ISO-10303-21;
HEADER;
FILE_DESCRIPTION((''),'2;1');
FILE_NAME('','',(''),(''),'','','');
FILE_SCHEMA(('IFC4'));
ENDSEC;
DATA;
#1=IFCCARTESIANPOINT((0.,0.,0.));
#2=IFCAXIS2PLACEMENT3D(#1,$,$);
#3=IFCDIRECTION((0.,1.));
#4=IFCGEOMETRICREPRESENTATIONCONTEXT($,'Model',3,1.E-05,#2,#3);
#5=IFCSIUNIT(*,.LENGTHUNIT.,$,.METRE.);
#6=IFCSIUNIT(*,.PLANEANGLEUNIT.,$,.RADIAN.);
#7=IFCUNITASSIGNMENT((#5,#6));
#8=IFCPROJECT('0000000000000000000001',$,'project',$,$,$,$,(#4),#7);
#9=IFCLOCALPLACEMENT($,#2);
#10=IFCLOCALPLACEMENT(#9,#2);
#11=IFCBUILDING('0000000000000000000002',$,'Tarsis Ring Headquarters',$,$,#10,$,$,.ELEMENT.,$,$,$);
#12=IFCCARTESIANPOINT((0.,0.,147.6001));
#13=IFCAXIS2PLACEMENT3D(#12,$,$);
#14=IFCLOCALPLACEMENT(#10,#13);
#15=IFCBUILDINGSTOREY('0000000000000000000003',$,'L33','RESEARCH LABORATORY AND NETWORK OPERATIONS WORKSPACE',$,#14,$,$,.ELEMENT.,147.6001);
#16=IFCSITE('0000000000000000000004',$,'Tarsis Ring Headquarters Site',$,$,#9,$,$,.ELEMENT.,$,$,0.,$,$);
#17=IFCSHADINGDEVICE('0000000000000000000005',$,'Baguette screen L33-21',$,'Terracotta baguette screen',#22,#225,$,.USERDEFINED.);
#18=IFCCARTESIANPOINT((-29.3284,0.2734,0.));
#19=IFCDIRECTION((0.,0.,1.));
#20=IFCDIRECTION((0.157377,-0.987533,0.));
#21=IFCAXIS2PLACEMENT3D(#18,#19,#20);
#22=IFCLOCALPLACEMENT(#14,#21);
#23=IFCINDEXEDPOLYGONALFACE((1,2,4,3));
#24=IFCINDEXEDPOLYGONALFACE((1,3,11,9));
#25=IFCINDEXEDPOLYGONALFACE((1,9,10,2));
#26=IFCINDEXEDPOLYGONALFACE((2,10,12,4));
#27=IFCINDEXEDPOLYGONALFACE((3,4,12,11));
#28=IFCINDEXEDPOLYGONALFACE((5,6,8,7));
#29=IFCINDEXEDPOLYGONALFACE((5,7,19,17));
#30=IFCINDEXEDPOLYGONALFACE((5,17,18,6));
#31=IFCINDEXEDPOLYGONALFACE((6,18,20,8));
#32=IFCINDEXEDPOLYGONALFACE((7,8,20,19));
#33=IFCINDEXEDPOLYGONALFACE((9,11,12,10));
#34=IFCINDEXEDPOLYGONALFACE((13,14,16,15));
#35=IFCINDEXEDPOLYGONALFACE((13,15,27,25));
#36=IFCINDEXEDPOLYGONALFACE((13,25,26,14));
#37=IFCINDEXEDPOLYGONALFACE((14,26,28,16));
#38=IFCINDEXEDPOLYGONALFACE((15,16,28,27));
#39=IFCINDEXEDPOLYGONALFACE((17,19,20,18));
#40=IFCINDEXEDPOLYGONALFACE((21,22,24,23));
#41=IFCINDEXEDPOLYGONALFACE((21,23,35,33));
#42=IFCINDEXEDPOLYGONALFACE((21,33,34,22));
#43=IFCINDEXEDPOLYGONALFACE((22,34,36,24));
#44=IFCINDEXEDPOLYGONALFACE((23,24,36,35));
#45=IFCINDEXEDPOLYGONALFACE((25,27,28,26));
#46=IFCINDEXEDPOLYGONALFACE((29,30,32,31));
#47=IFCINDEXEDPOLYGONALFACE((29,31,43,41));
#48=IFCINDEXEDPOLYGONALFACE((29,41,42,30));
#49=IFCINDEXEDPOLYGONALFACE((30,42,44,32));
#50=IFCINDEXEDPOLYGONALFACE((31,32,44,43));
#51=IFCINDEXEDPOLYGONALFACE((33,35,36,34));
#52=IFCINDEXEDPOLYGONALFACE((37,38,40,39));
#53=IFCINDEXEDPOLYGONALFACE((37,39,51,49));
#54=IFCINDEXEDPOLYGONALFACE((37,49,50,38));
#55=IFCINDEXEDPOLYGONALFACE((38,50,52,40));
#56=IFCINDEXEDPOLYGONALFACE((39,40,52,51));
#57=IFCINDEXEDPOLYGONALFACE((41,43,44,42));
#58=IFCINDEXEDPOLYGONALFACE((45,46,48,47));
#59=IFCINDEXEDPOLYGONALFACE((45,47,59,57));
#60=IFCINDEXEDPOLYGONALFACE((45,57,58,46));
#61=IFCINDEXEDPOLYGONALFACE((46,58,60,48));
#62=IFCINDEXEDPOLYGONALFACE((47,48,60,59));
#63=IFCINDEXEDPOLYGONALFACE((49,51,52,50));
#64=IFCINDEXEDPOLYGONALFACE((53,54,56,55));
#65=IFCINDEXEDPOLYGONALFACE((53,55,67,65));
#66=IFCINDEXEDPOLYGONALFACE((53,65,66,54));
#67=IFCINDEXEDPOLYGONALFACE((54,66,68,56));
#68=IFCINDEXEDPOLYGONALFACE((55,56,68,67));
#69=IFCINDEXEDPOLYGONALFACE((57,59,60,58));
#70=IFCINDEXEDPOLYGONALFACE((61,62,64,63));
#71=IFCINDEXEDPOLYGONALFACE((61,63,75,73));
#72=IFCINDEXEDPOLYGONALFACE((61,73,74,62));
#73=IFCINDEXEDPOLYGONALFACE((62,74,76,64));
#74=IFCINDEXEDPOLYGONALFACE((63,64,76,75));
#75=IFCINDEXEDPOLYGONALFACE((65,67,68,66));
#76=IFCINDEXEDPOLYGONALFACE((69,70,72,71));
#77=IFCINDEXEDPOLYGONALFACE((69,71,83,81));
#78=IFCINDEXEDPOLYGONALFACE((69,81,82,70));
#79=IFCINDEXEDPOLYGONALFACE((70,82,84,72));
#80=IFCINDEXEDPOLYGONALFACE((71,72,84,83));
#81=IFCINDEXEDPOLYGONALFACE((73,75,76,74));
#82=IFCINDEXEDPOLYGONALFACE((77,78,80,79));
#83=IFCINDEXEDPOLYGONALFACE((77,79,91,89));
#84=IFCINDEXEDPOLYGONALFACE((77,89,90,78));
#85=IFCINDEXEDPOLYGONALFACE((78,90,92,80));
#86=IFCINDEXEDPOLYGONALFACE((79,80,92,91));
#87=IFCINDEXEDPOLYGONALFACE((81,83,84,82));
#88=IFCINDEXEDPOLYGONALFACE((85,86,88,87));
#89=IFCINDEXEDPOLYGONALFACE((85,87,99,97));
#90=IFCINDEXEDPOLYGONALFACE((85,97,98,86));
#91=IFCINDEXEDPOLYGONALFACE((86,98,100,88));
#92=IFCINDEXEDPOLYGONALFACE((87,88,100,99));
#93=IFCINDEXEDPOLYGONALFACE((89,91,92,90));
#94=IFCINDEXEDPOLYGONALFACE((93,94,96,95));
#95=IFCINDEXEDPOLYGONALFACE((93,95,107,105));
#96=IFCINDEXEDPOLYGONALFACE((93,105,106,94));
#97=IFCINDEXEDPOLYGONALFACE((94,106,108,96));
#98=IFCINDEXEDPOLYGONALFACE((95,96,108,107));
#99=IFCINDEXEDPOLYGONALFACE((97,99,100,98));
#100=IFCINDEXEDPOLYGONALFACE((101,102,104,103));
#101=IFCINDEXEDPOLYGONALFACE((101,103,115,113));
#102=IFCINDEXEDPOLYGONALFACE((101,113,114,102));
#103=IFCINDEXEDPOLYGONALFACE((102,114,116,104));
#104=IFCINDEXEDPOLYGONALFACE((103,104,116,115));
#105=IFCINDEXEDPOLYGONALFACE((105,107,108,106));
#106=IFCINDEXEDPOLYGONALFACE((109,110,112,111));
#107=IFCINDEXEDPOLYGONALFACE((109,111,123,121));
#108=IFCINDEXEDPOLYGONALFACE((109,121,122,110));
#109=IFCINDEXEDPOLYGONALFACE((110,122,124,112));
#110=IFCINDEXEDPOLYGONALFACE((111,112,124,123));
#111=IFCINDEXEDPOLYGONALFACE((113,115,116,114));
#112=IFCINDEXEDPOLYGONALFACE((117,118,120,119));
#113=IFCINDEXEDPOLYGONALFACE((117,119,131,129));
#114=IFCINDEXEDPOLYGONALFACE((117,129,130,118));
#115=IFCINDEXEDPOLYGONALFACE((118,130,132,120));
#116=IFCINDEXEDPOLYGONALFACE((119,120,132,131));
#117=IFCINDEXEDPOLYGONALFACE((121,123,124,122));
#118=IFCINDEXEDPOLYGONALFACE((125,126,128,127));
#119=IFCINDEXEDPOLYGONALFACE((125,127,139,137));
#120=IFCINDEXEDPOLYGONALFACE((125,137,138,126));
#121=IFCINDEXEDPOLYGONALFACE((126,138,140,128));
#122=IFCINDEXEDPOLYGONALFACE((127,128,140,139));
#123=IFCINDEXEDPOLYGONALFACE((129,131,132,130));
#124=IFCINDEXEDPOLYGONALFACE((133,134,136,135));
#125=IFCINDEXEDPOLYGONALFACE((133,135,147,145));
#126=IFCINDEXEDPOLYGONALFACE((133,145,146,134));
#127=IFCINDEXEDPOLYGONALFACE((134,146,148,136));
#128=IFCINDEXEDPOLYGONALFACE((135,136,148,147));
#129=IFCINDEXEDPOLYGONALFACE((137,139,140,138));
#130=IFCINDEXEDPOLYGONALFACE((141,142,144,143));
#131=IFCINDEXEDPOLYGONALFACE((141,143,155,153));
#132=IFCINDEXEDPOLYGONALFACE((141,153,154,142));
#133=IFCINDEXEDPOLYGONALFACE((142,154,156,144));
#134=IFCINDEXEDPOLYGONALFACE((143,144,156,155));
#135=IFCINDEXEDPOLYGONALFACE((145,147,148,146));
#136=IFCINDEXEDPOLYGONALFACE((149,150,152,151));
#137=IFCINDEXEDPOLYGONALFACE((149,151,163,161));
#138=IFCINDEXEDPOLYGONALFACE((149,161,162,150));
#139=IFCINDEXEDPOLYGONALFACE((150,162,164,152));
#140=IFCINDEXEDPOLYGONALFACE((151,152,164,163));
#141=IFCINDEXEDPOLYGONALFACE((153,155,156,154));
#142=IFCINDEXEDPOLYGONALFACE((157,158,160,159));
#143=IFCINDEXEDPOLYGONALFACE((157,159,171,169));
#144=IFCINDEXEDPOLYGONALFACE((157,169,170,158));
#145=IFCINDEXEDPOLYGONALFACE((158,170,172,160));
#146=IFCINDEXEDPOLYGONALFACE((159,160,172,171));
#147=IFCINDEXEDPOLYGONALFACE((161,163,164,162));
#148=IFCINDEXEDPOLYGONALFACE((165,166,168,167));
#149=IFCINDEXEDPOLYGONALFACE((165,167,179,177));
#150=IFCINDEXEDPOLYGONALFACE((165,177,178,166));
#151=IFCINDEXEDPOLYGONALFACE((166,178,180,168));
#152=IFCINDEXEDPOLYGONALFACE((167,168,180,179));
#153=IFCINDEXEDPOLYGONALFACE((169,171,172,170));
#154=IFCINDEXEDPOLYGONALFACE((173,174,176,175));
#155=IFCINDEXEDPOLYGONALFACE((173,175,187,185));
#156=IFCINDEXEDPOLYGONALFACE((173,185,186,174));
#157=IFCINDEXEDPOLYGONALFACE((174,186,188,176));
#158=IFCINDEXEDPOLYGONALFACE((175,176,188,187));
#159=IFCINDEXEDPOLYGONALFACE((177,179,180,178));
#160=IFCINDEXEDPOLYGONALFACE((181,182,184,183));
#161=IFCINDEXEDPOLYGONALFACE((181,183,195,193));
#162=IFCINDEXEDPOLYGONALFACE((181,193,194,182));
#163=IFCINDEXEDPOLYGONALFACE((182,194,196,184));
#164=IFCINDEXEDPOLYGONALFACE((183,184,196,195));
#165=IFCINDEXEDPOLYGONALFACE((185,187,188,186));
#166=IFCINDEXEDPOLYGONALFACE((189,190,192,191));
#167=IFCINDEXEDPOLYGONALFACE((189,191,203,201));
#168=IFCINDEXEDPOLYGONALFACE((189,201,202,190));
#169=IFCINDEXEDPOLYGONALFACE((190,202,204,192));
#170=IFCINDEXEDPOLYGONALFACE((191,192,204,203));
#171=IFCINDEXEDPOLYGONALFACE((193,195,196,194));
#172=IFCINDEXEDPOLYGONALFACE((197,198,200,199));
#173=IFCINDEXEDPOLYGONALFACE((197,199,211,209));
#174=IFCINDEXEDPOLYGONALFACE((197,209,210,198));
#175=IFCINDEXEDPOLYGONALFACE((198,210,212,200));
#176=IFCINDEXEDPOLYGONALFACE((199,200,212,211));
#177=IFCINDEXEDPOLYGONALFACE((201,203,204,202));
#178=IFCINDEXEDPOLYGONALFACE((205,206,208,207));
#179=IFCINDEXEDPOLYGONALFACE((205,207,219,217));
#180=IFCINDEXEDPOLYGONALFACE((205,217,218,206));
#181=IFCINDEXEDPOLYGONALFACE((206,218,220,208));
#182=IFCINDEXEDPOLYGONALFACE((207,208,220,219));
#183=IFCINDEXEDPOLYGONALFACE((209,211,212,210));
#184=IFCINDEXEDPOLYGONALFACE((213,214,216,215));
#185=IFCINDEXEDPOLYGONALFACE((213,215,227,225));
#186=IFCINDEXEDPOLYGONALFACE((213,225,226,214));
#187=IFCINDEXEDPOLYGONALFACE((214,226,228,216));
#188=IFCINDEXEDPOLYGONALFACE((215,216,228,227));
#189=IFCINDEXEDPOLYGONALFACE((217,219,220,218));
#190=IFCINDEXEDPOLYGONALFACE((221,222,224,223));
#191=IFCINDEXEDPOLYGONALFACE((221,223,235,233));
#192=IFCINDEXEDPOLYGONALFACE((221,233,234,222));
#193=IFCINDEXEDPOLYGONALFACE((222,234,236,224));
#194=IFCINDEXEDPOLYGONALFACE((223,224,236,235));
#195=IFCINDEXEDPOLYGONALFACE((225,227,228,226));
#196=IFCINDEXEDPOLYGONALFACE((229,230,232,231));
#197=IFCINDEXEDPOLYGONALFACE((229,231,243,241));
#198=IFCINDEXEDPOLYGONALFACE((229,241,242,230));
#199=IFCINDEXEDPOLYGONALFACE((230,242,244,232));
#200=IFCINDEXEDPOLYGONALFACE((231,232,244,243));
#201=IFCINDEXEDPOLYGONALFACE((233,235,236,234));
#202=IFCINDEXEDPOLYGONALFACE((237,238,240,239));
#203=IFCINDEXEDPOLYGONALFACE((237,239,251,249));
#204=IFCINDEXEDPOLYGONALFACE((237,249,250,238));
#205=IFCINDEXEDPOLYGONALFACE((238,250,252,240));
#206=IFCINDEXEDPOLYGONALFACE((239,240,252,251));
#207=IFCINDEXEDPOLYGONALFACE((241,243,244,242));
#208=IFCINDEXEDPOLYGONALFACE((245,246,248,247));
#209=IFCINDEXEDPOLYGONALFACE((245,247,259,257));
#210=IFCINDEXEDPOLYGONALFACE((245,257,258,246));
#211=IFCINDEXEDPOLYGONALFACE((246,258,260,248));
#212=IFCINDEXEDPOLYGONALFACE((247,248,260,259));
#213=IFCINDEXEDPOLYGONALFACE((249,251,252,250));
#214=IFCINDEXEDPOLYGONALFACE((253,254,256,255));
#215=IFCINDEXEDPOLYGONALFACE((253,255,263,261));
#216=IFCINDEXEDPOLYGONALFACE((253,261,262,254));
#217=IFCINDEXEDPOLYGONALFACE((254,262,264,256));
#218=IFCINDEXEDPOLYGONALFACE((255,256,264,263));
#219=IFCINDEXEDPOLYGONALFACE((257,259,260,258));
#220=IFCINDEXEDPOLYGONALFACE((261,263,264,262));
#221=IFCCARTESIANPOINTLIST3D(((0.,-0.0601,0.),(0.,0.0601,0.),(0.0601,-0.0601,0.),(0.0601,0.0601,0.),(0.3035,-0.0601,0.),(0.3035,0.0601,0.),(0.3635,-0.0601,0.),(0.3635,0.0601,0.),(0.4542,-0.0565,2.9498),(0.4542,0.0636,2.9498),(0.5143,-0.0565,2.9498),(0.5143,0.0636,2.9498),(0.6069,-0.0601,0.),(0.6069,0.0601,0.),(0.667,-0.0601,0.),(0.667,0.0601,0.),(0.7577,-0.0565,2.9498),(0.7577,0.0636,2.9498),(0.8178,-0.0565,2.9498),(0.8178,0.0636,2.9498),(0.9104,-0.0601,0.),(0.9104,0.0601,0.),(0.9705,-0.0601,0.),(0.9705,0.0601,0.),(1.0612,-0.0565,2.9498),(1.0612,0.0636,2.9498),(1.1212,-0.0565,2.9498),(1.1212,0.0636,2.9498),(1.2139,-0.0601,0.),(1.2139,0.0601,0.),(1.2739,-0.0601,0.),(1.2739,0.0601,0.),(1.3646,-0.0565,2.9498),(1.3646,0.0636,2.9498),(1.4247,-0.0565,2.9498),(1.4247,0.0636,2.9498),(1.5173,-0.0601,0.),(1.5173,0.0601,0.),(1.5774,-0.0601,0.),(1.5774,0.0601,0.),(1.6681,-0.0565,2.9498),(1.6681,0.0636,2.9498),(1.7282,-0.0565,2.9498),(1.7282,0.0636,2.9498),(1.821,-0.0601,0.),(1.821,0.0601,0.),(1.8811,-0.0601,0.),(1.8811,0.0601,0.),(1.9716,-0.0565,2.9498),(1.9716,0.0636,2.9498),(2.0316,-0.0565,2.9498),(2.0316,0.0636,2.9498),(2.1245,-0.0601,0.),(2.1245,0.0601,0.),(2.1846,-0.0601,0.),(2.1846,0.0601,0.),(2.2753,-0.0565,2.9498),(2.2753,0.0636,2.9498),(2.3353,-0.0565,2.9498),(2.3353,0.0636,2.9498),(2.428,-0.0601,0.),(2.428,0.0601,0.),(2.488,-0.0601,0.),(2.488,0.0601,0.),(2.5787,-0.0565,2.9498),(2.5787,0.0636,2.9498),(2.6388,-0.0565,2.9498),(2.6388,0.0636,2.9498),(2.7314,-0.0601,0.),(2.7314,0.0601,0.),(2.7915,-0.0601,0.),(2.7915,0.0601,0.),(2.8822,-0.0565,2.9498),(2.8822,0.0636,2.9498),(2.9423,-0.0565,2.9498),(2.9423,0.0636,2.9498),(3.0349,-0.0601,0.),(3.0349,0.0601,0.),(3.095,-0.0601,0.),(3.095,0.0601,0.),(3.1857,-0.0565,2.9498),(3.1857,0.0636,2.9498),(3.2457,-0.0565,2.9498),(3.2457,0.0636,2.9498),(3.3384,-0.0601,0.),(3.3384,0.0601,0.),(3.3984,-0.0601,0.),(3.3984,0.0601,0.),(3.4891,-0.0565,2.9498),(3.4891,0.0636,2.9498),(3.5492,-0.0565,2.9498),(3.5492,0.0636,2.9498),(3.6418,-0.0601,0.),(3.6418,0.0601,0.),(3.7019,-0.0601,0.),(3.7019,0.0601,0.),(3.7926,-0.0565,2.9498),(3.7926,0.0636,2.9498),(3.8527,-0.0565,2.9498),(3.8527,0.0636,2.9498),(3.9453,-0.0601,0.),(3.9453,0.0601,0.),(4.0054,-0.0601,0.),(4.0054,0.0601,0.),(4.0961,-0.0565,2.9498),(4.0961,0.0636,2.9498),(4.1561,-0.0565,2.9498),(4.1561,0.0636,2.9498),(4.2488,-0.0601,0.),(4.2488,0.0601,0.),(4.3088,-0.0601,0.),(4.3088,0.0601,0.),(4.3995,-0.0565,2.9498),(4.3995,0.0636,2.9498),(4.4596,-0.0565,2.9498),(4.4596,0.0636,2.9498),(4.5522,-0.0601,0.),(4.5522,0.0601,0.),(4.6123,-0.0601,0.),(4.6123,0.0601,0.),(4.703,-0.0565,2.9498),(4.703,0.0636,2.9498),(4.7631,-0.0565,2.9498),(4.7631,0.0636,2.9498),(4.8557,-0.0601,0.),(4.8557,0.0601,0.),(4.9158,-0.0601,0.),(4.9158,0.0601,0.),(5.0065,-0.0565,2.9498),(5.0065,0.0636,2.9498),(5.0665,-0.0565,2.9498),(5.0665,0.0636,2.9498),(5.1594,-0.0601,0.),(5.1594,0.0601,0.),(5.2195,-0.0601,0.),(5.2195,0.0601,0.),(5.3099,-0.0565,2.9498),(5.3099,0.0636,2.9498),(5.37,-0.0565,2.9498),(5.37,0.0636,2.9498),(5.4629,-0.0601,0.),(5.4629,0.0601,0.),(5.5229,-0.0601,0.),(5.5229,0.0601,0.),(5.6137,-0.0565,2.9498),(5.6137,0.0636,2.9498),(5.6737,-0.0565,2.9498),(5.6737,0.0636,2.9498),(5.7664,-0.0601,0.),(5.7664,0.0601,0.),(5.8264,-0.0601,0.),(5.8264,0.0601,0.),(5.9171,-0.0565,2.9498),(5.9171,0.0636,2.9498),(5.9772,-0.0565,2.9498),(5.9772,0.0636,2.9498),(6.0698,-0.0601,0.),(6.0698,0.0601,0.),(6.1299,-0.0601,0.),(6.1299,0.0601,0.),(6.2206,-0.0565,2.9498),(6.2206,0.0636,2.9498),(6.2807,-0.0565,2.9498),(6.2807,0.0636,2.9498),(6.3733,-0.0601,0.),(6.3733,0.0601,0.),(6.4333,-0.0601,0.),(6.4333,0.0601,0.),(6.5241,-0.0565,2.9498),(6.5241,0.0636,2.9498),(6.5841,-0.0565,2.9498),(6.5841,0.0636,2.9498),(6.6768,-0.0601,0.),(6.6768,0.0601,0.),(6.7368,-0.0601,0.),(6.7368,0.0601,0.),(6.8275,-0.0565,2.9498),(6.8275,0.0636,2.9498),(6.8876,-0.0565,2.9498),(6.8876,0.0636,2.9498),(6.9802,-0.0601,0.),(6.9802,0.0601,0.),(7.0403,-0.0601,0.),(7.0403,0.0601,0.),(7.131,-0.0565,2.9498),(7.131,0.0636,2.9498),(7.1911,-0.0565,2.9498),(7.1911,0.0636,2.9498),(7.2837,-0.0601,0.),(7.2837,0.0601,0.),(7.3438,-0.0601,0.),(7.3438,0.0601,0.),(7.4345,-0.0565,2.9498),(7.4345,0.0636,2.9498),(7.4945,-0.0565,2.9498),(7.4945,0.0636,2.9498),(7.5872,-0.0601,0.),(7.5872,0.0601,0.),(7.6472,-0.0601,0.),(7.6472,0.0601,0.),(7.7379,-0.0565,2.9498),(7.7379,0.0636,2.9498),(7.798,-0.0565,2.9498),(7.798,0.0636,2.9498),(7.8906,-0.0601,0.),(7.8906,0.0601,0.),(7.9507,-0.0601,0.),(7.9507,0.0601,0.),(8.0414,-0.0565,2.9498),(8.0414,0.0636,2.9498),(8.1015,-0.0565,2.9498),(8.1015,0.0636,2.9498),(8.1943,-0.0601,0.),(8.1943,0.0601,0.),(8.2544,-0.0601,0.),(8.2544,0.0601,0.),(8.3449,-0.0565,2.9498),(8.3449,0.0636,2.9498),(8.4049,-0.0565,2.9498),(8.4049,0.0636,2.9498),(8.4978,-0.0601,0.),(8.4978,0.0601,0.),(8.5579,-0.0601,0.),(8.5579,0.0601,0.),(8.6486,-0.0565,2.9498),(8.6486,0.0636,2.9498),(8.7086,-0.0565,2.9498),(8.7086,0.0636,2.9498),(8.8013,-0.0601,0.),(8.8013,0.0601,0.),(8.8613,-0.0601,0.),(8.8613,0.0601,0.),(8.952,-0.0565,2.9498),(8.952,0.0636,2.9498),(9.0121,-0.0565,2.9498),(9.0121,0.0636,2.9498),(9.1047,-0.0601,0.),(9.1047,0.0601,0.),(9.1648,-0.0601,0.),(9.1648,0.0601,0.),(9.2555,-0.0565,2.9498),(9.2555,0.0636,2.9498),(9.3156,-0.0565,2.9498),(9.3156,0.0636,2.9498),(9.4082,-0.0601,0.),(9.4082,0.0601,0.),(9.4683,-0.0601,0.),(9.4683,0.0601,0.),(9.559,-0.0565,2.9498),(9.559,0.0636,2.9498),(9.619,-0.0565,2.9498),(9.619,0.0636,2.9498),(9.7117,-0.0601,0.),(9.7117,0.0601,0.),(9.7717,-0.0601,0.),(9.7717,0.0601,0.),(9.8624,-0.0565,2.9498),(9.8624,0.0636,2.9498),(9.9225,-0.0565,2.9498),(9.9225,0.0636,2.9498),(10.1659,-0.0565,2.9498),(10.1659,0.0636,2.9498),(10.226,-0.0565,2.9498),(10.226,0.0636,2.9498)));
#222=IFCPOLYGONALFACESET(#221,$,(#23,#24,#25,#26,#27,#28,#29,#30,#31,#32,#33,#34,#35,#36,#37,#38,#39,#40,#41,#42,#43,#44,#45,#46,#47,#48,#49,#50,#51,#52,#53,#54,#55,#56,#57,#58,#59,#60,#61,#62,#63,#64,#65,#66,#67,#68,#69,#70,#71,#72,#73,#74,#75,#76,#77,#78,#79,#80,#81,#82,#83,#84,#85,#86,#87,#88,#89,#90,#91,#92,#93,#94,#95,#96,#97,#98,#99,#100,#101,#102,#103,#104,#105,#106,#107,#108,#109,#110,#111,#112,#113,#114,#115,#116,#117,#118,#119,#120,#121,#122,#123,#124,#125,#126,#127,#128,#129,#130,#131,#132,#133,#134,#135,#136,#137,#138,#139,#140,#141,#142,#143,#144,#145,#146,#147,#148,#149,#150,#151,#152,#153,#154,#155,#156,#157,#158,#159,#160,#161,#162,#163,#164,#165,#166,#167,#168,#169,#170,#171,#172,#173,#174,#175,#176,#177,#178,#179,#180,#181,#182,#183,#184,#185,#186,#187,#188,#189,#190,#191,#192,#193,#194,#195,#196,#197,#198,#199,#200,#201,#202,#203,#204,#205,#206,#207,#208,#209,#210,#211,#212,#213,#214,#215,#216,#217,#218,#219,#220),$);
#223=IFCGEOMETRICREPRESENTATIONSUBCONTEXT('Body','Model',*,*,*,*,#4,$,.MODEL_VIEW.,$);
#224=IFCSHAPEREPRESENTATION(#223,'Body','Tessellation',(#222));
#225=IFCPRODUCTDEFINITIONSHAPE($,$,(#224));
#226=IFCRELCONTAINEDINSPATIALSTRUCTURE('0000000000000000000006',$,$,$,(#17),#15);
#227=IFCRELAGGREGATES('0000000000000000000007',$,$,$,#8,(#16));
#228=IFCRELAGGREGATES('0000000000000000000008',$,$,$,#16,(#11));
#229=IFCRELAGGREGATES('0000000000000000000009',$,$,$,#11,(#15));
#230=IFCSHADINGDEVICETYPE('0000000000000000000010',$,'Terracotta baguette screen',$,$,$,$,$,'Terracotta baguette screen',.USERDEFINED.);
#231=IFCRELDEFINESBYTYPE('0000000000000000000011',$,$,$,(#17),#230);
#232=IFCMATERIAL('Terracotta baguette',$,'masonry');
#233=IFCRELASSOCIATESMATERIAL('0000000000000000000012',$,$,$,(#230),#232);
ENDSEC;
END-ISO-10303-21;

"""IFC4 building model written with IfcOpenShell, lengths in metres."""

from ifc_helpers import new_model, si_unit, direction, frame, frame_2d, origin, place, context, subcontext, project, spatial, rectangle, composite_profile, extrude, material, type_object, element, save


model = new_model("IFC4")

# Units and contexts
model_context = context("Model", 3, precision=1e-05, world=origin(), true_north=direction((0.0, 1.0)))
body_context = subcontext(model_context, "Body", "Model", "MODEL_VIEW")
ifc_project = project(units=[si_unit("LENGTHUNIT", "METRE"), si_unit("PLANEANGLEUNIT", "RADIAN")], contexts=[model_context])

# Site, building, storey
site_placement = place(None, origin())
site = spatial("IfcSite", under=ifc_project, at=site_placement, Name="Tarsis Ring Headquarters Site", CompositionType="ELEMENT", RefElevation=0.0)
building_placement = place(site_placement, origin())
building = spatial("IfcBuilding", under=site, at=building_placement, Name="Tarsis Ring Headquarters", CompositionType="ELEMENT")
storey_placement = place(building_placement, frame((0.0, 0.0, 147.6001)))
storey = spatial("IfcBuildingStorey", under=building, at=storey_placement, Name="L33", Description="RESEARCH LABORATORY AND NETWORK OPERATIONS WORKSPACE", CompositionType="ELEMENT", Elevation=147.6001)

# Shading device
ifc_material_1 = material(Name="Terracotta baguette", Category="masonry")
shading_device_type_1 = type_object("IfcShadingDeviceType", Name="Terracotta baguette screen", ElementType="Terracotta baguette screen", PredefinedType="USERDEFINED", material=ifc_material_1)
shading_device_1_placement = place(storey_placement, frame((-29.3284, 0.2734, 0.0), z_axis=(0.0, 0.0, 1.0), x_axis=(0.157377, -0.987533, 0.0)))
element("IfcShadingDevice", 1, at=shading_device_1_placement, inside=storey, type_object=shading_device_type_1, Name="Baguette screen L33-21", ObjectType="Terracotta baguette screen", PredefinedType="USERDEFINED", context=body_context, shape_type="SweptSolid", body=[
    extrude(composite_profile([rectangle(XDim=0.0601, YDim=0.1201, at=frame_2d((0.03, 0.0))), rectangle(XDim=0.0601, YDim=0.1201, at=frame_2d((0.3335, 0.0))), rectangle(XDim=0.0601, YDim=0.1201, at=frame_2d((0.637, 0.0))), rectangle(XDim=0.0601, YDim=0.1201, at=frame_2d((0.9404, 0.0))), rectangle(XDim=0.0601, YDim=0.1201, at=frame_2d((1.2439, 0.0))), rectangle(XDim=0.0601, YDim=0.1201, at=frame_2d((1.5474, 0.0))), rectangle(XDim=0.0601, YDim=0.1201, at=frame_2d((1.8511, 0.0))), rectangle(XDim=0.0601, YDim=0.1201, at=frame_2d((2.1545, 0.0))), rectangle(XDim=0.0601, YDim=0.1201, at=frame_2d((2.458, 0.0))), rectangle(XDim=0.0601, YDim=0.1201, at=frame_2d((2.7615, 0.0))), rectangle(XDim=0.0601, YDim=0.1201, at=frame_2d((3.0649, 0.0))), rectangle(XDim=0.0601, YDim=0.1201, at=frame_2d((3.3684, 0.0))), rectangle(XDim=0.0601, YDim=0.1201, at=frame_2d((3.6719, 0.0))), rectangle(XDim=0.0601, YDim=0.1201, at=frame_2d((3.9753, 0.0))), rectangle(XDim=0.0601, YDim=0.1201, at=frame_2d((4.2788, 0.0))), rectangle(XDim=0.0601, YDim=0.1201, at=frame_2d((4.5823, 0.0))), rectangle(XDim=0.0601, YDim=0.1201, at=frame_2d((4.8857, 0.0))), rectangle(XDim=0.0601, YDim=0.1201, at=frame_2d((5.1895, 0.0))), rectangle(XDim=0.0601, YDim=0.1201, at=frame_2d((5.4929, 0.0))), rectangle(XDim=0.0601, YDim=0.1201, at=frame_2d((5.7964, 0.0))), rectangle(XDim=0.0601, YDim=0.1201, at=frame_2d((6.0999, 0.0))), rectangle(XDim=0.0601, YDim=0.1201, at=frame_2d((6.4033, 0.0))), rectangle(XDim=0.0601, YDim=0.1201, at=frame_2d((6.7068, 0.0))), rectangle(XDim=0.0601, YDim=0.1201, at=frame_2d((7.0103, 0.0))), rectangle(XDim=0.0601, YDim=0.1201, at=frame_2d((7.3137, 0.0))), rectangle(XDim=0.0601, YDim=0.1201, at=frame_2d((7.6172, 0.0))), rectangle(XDim=0.0601, YDim=0.1201, at=frame_2d((7.9207, 0.0))), rectangle(XDim=0.0601, YDim=0.1201, at=frame_2d((8.2244, 0.0))), rectangle(XDim=0.0601, YDim=0.1201, at=frame_2d((8.5278, 0.0))), rectangle(XDim=0.0601, YDim=0.1201, at=frame_2d((8.8313, 0.0))), rectangle(XDim=0.0601, YDim=0.1201, at=frame_2d((9.1348, 0.0))), rectangle(XDim=0.0601, YDim=0.1201, at=frame_2d((9.4382, 0.0))), rectangle(XDim=0.0601, YDim=0.1201, at=frame_2d((9.7417, 0.0)))]), origin(), (0.152192, 0.001196, 0.98835), 2.9846),
])

save(model, "model.ifc")
